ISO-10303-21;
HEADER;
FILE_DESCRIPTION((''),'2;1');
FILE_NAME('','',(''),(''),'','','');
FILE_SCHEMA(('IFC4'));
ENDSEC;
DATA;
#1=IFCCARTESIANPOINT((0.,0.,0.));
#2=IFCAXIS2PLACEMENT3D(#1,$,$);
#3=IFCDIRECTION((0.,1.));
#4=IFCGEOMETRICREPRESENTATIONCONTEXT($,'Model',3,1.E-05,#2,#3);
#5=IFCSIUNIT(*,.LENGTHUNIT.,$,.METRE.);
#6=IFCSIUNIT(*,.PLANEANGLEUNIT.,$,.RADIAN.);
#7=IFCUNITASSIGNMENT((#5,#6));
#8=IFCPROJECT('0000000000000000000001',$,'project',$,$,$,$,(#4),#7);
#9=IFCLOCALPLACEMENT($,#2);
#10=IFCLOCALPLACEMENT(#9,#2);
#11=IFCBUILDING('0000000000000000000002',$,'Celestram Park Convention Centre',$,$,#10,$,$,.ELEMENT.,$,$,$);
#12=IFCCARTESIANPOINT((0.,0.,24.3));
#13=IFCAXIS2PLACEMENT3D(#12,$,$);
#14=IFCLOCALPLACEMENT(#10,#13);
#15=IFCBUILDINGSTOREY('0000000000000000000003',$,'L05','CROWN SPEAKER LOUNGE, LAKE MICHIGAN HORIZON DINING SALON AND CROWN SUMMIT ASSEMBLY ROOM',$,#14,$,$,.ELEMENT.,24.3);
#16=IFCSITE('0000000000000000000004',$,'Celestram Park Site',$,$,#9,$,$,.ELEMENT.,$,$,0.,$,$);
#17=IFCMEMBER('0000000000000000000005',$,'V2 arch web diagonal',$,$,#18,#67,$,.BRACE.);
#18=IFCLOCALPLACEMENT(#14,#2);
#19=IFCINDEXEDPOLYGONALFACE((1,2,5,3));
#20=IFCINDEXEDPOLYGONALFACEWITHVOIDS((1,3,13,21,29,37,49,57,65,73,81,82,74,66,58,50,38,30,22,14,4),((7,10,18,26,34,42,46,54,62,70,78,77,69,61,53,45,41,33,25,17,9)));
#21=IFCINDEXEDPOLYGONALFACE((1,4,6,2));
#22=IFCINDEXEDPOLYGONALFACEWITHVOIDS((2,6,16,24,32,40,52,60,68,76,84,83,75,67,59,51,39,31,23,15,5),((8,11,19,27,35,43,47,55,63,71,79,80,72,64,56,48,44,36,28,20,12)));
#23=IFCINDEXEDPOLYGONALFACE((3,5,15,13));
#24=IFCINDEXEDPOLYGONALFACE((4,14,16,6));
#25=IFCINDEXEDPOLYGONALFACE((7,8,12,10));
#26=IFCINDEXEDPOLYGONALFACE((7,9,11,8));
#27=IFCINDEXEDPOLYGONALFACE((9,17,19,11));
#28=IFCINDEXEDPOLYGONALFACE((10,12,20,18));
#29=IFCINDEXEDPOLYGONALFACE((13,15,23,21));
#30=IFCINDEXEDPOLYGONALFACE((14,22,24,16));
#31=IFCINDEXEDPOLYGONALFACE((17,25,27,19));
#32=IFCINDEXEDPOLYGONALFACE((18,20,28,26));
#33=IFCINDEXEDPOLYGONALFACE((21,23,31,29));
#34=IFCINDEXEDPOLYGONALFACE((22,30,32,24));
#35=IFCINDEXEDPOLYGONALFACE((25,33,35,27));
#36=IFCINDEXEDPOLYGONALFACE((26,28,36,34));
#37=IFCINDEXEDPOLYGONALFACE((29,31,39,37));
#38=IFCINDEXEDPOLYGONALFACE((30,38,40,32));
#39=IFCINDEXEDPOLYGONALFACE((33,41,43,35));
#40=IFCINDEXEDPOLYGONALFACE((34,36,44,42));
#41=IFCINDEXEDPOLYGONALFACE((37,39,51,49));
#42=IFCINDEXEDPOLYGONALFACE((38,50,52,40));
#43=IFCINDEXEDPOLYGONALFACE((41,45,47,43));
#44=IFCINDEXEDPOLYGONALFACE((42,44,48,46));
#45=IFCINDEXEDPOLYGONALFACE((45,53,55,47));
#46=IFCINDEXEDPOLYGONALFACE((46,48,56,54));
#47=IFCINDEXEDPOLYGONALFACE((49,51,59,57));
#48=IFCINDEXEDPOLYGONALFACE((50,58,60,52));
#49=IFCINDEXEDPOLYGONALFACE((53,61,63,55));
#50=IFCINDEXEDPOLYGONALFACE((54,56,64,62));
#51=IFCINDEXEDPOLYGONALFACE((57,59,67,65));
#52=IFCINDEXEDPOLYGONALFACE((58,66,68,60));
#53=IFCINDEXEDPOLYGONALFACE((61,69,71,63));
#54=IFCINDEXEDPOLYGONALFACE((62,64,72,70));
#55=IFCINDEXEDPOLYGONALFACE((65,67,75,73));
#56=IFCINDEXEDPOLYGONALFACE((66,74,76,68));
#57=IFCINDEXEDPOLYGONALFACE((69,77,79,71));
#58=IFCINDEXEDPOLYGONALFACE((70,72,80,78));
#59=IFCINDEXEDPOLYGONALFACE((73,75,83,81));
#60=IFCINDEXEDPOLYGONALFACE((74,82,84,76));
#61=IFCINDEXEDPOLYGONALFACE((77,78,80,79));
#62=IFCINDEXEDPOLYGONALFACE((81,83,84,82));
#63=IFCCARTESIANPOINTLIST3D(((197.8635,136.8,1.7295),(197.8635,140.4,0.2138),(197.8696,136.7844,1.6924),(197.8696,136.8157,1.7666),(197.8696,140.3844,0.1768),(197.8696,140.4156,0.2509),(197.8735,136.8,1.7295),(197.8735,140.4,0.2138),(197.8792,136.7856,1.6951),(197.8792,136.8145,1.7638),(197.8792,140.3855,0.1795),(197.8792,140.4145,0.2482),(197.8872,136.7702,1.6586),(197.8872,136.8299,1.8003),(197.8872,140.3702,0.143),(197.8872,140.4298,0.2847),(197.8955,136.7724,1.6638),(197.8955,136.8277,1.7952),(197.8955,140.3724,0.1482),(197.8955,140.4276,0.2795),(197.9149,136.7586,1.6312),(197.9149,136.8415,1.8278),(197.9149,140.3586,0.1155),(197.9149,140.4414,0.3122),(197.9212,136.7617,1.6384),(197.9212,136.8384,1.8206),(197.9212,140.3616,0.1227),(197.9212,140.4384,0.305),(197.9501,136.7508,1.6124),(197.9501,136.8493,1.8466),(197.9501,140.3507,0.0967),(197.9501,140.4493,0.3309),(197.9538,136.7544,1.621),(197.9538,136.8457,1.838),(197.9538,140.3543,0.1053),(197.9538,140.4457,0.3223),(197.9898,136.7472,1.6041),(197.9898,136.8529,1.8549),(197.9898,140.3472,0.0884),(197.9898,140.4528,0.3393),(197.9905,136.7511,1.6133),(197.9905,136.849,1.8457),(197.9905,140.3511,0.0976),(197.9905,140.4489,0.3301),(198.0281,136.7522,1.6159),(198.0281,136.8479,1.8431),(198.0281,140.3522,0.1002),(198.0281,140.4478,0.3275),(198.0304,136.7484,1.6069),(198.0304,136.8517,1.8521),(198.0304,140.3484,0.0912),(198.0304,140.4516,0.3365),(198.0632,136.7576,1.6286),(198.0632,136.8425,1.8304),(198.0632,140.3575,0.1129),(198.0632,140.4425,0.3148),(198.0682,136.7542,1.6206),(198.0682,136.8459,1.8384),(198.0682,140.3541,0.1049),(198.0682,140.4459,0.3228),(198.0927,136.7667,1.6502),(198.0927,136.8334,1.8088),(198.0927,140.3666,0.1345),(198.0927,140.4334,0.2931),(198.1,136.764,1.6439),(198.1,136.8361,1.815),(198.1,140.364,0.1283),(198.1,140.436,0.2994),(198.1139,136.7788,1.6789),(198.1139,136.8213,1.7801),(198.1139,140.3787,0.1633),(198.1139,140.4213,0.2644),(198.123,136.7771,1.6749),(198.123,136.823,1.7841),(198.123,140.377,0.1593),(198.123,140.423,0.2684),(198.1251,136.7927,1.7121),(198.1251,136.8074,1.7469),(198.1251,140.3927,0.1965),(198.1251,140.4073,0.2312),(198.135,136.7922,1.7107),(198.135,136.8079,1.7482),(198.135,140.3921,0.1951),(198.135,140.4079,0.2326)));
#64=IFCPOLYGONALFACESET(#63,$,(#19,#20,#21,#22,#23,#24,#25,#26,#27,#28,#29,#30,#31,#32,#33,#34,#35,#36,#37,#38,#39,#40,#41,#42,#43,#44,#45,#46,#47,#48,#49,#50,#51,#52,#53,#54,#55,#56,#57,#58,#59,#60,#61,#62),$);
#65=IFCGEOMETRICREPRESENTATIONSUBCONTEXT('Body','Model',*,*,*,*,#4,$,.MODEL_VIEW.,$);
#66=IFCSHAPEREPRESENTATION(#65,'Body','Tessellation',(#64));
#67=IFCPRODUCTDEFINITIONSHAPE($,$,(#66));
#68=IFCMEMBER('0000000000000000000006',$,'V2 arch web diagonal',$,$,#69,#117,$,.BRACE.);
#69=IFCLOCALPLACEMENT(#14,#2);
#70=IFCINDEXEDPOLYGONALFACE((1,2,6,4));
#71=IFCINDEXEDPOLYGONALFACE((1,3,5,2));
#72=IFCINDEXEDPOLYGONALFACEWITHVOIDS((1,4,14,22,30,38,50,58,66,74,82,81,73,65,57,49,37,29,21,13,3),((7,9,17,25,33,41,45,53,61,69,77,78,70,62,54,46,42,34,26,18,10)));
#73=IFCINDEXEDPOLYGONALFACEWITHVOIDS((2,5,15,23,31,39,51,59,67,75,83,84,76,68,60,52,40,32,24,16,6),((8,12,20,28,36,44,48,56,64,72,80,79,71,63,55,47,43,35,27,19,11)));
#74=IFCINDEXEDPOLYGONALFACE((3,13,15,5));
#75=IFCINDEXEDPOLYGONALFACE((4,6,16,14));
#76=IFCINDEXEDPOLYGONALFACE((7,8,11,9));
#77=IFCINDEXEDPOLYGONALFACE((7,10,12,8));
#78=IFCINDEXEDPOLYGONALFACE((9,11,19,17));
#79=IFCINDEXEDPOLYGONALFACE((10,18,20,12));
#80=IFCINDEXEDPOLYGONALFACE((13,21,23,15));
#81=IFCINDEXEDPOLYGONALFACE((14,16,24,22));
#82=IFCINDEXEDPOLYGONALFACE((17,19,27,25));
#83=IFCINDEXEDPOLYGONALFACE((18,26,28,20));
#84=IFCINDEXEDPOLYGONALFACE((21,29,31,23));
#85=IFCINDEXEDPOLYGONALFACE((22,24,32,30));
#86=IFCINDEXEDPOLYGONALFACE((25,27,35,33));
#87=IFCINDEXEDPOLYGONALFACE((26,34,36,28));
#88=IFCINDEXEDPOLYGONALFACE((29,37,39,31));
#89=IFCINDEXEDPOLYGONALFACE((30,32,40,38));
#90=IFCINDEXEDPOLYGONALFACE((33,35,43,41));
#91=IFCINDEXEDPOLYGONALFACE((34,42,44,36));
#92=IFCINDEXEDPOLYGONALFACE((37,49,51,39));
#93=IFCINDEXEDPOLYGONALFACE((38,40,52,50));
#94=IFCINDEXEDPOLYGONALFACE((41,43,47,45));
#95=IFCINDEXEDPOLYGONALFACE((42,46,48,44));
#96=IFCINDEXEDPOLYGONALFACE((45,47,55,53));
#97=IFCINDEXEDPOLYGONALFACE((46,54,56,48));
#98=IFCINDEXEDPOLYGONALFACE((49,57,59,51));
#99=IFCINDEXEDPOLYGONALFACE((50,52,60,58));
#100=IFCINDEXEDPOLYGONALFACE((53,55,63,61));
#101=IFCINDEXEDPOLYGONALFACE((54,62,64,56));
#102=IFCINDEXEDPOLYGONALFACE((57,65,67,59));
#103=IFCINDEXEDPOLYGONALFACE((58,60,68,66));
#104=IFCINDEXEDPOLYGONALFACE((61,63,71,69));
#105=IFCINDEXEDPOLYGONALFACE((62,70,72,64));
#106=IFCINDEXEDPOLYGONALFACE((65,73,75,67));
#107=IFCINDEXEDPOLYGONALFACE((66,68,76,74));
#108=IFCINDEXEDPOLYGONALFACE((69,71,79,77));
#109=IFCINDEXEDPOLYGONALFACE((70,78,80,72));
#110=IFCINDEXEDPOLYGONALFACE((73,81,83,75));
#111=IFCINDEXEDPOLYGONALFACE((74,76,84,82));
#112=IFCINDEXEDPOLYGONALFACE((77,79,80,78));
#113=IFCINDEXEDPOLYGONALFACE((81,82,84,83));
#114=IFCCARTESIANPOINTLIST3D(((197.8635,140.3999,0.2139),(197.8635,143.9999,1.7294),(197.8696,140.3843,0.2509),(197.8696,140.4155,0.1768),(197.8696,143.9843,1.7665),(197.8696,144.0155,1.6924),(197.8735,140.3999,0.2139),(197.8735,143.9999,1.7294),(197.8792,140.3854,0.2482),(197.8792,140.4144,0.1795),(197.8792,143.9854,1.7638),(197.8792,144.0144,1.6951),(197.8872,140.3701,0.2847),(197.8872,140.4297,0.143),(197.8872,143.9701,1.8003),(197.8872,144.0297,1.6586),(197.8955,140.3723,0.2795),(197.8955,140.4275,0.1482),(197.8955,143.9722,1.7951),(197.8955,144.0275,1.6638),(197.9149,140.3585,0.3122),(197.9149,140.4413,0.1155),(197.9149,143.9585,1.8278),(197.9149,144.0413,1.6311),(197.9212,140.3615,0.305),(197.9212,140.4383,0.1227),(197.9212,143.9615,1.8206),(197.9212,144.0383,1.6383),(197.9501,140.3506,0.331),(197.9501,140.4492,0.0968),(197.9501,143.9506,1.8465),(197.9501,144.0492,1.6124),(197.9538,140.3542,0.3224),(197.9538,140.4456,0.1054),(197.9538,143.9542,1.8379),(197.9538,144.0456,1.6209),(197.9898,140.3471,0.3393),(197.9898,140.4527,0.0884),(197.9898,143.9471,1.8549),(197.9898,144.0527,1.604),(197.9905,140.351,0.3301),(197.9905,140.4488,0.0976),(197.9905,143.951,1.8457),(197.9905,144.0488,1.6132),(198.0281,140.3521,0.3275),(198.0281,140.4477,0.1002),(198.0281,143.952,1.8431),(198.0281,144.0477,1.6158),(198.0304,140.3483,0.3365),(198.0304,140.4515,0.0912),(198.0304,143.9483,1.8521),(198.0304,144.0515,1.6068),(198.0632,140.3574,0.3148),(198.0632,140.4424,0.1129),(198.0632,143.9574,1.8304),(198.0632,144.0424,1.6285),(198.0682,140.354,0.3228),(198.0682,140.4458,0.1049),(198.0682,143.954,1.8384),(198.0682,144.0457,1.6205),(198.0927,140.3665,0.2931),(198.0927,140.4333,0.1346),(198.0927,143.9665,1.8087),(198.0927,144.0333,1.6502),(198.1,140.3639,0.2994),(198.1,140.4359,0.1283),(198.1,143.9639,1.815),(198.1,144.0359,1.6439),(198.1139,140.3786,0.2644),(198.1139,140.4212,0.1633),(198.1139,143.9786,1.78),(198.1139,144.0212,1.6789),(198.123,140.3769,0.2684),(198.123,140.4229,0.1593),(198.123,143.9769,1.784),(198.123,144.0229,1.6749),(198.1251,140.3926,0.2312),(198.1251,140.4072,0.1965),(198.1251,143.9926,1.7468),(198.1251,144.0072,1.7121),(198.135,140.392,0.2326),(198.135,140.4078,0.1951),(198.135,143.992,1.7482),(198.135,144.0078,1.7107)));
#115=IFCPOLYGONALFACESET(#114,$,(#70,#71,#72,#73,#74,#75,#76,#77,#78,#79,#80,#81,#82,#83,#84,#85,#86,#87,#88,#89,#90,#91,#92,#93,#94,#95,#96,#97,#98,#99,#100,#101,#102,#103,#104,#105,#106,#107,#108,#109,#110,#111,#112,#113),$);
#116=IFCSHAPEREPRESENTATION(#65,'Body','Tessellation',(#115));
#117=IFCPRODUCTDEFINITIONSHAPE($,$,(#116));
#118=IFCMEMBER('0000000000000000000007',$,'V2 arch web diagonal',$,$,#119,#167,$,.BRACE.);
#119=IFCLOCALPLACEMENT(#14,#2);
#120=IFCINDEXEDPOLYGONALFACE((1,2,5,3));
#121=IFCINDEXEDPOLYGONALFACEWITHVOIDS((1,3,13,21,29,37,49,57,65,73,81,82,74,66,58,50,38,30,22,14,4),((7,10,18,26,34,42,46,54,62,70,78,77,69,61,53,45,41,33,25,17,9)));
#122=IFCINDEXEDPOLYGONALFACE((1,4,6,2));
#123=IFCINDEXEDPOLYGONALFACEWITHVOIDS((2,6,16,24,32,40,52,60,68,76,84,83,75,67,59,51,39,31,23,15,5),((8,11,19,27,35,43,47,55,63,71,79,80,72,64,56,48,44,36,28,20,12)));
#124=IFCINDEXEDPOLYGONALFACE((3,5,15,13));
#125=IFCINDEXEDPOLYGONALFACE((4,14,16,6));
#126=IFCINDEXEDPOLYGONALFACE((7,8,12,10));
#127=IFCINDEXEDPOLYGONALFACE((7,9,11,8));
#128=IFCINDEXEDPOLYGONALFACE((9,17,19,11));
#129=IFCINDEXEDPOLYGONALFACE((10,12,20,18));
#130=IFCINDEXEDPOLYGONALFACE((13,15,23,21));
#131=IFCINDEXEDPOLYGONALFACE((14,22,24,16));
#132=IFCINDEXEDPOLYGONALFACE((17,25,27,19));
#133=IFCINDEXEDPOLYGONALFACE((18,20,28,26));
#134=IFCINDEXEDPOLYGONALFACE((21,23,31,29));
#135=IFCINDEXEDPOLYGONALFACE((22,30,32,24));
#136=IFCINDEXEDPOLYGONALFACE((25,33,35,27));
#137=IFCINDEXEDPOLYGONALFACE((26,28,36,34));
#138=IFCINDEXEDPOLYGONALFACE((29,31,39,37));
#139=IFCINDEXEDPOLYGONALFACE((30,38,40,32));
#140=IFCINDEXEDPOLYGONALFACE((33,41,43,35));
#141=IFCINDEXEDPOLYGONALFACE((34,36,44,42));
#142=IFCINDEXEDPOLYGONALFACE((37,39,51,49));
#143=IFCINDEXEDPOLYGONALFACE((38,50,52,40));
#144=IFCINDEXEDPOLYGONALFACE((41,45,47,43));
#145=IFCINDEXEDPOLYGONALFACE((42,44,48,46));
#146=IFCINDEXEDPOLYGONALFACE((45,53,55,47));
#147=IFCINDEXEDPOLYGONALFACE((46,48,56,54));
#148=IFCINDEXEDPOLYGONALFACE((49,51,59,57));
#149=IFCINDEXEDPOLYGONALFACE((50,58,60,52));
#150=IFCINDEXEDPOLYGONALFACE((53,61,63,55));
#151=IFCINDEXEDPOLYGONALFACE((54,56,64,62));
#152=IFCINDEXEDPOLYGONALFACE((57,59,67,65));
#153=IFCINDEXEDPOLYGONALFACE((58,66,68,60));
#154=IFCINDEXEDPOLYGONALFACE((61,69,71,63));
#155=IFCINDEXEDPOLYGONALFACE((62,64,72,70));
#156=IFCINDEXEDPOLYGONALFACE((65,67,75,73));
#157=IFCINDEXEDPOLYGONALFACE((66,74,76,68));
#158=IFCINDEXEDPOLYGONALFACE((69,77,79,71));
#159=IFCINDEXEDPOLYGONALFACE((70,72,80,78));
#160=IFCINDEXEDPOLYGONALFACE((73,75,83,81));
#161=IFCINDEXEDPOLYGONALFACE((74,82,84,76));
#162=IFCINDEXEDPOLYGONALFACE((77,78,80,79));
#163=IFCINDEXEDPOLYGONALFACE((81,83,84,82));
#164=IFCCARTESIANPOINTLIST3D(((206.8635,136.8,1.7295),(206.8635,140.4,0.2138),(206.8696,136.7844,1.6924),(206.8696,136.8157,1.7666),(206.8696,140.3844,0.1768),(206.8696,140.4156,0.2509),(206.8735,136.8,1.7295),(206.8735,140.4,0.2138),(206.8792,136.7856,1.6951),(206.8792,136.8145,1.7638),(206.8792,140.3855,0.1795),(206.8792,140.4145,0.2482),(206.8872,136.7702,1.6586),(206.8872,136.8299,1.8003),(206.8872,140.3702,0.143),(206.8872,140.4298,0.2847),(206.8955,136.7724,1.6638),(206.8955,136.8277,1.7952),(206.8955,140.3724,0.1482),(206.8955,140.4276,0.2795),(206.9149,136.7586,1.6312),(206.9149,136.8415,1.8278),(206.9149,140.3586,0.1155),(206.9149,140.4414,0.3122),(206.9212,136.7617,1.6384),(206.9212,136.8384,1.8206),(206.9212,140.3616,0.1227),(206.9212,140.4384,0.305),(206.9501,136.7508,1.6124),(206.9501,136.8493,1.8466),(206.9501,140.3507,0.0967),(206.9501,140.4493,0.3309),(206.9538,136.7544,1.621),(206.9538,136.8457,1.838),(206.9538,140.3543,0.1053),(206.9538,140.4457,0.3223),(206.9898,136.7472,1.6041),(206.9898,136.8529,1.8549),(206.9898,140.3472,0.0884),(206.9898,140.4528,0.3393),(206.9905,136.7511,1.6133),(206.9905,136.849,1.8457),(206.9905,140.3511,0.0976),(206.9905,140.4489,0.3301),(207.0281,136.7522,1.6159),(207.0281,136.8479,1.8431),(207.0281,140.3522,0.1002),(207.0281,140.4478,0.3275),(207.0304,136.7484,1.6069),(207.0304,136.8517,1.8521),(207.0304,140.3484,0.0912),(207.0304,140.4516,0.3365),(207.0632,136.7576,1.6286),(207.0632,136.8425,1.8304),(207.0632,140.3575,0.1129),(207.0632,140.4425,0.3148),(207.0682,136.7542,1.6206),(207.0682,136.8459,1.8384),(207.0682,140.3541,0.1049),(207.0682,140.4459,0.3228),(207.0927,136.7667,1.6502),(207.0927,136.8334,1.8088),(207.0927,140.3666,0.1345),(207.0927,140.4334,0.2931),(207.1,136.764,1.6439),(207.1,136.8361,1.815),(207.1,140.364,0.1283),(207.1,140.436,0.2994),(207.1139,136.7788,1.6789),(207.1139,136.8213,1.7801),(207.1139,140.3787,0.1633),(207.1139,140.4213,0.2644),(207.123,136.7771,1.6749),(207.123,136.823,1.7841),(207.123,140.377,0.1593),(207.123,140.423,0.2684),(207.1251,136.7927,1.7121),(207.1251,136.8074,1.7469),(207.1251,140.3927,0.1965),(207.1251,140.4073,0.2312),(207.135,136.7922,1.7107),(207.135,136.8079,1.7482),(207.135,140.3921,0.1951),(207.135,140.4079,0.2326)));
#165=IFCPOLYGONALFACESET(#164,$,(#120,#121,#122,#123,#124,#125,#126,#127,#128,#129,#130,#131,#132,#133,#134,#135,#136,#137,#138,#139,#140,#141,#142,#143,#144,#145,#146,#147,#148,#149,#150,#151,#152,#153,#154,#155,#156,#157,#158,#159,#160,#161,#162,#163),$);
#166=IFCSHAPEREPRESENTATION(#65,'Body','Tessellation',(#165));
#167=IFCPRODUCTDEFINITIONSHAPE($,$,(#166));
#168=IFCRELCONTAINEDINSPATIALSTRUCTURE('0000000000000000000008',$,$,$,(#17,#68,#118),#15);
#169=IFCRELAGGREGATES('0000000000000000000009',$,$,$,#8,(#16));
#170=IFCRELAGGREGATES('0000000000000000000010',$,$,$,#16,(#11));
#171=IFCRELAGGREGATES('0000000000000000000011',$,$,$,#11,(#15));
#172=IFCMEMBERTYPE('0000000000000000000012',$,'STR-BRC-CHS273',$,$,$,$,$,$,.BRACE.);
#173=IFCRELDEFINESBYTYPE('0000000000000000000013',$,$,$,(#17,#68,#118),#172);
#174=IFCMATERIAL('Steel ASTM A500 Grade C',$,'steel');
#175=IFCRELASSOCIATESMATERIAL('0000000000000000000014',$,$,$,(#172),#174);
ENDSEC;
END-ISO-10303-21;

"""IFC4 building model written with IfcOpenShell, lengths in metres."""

from ifc_helpers import new_model, si_unit, direction, frame, origin, origin_2d, place, context, subcontext, project, spatial, hollow_circle, extrude, material, material_profile, profile_set, type_object, element, save


model = new_model("IFC4")

# Units and contexts
model_context = context("Model", 3, precision=1e-05, world=origin(), true_north=direction((0.0, 1.0)))
body_context = subcontext(model_context, "Body", "Model", "MODEL_VIEW")
ifc_project = project(units=[si_unit("LENGTHUNIT", "METRE"), si_unit("PLANEANGLEUNIT", "RADIAN")], contexts=[model_context])

# Site, building, storey
site_placement = place(None, origin())
site = spatial("IfcSite", under=ifc_project, at=site_placement, Name="Celestram Park Site", CompositionType="ELEMENT", RefElevation=0.0)
building_placement = place(site_placement, origin())
building = spatial("IfcBuilding", under=site, at=building_placement, Name="Celestram Park Convention Centre", CompositionType="ELEMENT")
storey_placement = place(building_placement, frame((0.0, 0.0, 24.3)))
storey = spatial("IfcBuildingStorey", under=building, at=storey_placement, Name="L05", Description="CROWN SPEAKER LOUNGE, LAKE MICHIGAN HORIZON DINING SALON AND CROWN SUMMIT ASSEMBLY ROOM", CompositionType="ELEMENT", Elevation=24.3)

# Members
ifc_material_1 = material(Name="Steel ASTM A500 Grade C", Category="steel")
ifc_material_profile_1 = material_profile(ifc_material_1, hollow_circle(Radius=0.1365, WallThickness=0.01, at=origin_2d()), Name="CHS273X10")
ifc_profile_set_1 = profile_set([ifc_material_profile_1], Name="Steel ASTM A500 Grade C")
member_type_1 = type_object("IfcMemberType", Name="STR-BRC-CHS273", PredefinedType="BRACE", material=ifc_profile_set_1)
for number, where, z_axis, x_axis, name in (
    (1, (198.0, 136.8, 1.7295), (0.0, 0.921645, -0.388035), (-1.0, 0.0, 0.0), "V2 arch web diagonal"),
    (2, (198.0, 140.3999, 0.2139), (0.0, 0.921654, 0.388012), (-1.0, 0.0, 0.0), "V2 arch web diagonal"),
    (3, (207.0, 136.8, 1.7295), (0.0, 0.921645, -0.388035), (-1.0, 0.0, 0.0), "V2 arch web diagonal"),
):
    element("IfcMember", number, at=place(storey_placement, frame(where, z_axis=z_axis, x_axis=x_axis)), inside=storey, type_object=member_type_1, Name=name, PredefinedType="BRACE", context=body_context, shape_type="SweptSolid", body=[
        extrude(hollow_circle(Radius=0.1365, WallThickness=0.01, at=origin_2d()), origin(), (0.0, 0.0, 1.0), 3.906),
    ])

save(model, "model.ifc")
